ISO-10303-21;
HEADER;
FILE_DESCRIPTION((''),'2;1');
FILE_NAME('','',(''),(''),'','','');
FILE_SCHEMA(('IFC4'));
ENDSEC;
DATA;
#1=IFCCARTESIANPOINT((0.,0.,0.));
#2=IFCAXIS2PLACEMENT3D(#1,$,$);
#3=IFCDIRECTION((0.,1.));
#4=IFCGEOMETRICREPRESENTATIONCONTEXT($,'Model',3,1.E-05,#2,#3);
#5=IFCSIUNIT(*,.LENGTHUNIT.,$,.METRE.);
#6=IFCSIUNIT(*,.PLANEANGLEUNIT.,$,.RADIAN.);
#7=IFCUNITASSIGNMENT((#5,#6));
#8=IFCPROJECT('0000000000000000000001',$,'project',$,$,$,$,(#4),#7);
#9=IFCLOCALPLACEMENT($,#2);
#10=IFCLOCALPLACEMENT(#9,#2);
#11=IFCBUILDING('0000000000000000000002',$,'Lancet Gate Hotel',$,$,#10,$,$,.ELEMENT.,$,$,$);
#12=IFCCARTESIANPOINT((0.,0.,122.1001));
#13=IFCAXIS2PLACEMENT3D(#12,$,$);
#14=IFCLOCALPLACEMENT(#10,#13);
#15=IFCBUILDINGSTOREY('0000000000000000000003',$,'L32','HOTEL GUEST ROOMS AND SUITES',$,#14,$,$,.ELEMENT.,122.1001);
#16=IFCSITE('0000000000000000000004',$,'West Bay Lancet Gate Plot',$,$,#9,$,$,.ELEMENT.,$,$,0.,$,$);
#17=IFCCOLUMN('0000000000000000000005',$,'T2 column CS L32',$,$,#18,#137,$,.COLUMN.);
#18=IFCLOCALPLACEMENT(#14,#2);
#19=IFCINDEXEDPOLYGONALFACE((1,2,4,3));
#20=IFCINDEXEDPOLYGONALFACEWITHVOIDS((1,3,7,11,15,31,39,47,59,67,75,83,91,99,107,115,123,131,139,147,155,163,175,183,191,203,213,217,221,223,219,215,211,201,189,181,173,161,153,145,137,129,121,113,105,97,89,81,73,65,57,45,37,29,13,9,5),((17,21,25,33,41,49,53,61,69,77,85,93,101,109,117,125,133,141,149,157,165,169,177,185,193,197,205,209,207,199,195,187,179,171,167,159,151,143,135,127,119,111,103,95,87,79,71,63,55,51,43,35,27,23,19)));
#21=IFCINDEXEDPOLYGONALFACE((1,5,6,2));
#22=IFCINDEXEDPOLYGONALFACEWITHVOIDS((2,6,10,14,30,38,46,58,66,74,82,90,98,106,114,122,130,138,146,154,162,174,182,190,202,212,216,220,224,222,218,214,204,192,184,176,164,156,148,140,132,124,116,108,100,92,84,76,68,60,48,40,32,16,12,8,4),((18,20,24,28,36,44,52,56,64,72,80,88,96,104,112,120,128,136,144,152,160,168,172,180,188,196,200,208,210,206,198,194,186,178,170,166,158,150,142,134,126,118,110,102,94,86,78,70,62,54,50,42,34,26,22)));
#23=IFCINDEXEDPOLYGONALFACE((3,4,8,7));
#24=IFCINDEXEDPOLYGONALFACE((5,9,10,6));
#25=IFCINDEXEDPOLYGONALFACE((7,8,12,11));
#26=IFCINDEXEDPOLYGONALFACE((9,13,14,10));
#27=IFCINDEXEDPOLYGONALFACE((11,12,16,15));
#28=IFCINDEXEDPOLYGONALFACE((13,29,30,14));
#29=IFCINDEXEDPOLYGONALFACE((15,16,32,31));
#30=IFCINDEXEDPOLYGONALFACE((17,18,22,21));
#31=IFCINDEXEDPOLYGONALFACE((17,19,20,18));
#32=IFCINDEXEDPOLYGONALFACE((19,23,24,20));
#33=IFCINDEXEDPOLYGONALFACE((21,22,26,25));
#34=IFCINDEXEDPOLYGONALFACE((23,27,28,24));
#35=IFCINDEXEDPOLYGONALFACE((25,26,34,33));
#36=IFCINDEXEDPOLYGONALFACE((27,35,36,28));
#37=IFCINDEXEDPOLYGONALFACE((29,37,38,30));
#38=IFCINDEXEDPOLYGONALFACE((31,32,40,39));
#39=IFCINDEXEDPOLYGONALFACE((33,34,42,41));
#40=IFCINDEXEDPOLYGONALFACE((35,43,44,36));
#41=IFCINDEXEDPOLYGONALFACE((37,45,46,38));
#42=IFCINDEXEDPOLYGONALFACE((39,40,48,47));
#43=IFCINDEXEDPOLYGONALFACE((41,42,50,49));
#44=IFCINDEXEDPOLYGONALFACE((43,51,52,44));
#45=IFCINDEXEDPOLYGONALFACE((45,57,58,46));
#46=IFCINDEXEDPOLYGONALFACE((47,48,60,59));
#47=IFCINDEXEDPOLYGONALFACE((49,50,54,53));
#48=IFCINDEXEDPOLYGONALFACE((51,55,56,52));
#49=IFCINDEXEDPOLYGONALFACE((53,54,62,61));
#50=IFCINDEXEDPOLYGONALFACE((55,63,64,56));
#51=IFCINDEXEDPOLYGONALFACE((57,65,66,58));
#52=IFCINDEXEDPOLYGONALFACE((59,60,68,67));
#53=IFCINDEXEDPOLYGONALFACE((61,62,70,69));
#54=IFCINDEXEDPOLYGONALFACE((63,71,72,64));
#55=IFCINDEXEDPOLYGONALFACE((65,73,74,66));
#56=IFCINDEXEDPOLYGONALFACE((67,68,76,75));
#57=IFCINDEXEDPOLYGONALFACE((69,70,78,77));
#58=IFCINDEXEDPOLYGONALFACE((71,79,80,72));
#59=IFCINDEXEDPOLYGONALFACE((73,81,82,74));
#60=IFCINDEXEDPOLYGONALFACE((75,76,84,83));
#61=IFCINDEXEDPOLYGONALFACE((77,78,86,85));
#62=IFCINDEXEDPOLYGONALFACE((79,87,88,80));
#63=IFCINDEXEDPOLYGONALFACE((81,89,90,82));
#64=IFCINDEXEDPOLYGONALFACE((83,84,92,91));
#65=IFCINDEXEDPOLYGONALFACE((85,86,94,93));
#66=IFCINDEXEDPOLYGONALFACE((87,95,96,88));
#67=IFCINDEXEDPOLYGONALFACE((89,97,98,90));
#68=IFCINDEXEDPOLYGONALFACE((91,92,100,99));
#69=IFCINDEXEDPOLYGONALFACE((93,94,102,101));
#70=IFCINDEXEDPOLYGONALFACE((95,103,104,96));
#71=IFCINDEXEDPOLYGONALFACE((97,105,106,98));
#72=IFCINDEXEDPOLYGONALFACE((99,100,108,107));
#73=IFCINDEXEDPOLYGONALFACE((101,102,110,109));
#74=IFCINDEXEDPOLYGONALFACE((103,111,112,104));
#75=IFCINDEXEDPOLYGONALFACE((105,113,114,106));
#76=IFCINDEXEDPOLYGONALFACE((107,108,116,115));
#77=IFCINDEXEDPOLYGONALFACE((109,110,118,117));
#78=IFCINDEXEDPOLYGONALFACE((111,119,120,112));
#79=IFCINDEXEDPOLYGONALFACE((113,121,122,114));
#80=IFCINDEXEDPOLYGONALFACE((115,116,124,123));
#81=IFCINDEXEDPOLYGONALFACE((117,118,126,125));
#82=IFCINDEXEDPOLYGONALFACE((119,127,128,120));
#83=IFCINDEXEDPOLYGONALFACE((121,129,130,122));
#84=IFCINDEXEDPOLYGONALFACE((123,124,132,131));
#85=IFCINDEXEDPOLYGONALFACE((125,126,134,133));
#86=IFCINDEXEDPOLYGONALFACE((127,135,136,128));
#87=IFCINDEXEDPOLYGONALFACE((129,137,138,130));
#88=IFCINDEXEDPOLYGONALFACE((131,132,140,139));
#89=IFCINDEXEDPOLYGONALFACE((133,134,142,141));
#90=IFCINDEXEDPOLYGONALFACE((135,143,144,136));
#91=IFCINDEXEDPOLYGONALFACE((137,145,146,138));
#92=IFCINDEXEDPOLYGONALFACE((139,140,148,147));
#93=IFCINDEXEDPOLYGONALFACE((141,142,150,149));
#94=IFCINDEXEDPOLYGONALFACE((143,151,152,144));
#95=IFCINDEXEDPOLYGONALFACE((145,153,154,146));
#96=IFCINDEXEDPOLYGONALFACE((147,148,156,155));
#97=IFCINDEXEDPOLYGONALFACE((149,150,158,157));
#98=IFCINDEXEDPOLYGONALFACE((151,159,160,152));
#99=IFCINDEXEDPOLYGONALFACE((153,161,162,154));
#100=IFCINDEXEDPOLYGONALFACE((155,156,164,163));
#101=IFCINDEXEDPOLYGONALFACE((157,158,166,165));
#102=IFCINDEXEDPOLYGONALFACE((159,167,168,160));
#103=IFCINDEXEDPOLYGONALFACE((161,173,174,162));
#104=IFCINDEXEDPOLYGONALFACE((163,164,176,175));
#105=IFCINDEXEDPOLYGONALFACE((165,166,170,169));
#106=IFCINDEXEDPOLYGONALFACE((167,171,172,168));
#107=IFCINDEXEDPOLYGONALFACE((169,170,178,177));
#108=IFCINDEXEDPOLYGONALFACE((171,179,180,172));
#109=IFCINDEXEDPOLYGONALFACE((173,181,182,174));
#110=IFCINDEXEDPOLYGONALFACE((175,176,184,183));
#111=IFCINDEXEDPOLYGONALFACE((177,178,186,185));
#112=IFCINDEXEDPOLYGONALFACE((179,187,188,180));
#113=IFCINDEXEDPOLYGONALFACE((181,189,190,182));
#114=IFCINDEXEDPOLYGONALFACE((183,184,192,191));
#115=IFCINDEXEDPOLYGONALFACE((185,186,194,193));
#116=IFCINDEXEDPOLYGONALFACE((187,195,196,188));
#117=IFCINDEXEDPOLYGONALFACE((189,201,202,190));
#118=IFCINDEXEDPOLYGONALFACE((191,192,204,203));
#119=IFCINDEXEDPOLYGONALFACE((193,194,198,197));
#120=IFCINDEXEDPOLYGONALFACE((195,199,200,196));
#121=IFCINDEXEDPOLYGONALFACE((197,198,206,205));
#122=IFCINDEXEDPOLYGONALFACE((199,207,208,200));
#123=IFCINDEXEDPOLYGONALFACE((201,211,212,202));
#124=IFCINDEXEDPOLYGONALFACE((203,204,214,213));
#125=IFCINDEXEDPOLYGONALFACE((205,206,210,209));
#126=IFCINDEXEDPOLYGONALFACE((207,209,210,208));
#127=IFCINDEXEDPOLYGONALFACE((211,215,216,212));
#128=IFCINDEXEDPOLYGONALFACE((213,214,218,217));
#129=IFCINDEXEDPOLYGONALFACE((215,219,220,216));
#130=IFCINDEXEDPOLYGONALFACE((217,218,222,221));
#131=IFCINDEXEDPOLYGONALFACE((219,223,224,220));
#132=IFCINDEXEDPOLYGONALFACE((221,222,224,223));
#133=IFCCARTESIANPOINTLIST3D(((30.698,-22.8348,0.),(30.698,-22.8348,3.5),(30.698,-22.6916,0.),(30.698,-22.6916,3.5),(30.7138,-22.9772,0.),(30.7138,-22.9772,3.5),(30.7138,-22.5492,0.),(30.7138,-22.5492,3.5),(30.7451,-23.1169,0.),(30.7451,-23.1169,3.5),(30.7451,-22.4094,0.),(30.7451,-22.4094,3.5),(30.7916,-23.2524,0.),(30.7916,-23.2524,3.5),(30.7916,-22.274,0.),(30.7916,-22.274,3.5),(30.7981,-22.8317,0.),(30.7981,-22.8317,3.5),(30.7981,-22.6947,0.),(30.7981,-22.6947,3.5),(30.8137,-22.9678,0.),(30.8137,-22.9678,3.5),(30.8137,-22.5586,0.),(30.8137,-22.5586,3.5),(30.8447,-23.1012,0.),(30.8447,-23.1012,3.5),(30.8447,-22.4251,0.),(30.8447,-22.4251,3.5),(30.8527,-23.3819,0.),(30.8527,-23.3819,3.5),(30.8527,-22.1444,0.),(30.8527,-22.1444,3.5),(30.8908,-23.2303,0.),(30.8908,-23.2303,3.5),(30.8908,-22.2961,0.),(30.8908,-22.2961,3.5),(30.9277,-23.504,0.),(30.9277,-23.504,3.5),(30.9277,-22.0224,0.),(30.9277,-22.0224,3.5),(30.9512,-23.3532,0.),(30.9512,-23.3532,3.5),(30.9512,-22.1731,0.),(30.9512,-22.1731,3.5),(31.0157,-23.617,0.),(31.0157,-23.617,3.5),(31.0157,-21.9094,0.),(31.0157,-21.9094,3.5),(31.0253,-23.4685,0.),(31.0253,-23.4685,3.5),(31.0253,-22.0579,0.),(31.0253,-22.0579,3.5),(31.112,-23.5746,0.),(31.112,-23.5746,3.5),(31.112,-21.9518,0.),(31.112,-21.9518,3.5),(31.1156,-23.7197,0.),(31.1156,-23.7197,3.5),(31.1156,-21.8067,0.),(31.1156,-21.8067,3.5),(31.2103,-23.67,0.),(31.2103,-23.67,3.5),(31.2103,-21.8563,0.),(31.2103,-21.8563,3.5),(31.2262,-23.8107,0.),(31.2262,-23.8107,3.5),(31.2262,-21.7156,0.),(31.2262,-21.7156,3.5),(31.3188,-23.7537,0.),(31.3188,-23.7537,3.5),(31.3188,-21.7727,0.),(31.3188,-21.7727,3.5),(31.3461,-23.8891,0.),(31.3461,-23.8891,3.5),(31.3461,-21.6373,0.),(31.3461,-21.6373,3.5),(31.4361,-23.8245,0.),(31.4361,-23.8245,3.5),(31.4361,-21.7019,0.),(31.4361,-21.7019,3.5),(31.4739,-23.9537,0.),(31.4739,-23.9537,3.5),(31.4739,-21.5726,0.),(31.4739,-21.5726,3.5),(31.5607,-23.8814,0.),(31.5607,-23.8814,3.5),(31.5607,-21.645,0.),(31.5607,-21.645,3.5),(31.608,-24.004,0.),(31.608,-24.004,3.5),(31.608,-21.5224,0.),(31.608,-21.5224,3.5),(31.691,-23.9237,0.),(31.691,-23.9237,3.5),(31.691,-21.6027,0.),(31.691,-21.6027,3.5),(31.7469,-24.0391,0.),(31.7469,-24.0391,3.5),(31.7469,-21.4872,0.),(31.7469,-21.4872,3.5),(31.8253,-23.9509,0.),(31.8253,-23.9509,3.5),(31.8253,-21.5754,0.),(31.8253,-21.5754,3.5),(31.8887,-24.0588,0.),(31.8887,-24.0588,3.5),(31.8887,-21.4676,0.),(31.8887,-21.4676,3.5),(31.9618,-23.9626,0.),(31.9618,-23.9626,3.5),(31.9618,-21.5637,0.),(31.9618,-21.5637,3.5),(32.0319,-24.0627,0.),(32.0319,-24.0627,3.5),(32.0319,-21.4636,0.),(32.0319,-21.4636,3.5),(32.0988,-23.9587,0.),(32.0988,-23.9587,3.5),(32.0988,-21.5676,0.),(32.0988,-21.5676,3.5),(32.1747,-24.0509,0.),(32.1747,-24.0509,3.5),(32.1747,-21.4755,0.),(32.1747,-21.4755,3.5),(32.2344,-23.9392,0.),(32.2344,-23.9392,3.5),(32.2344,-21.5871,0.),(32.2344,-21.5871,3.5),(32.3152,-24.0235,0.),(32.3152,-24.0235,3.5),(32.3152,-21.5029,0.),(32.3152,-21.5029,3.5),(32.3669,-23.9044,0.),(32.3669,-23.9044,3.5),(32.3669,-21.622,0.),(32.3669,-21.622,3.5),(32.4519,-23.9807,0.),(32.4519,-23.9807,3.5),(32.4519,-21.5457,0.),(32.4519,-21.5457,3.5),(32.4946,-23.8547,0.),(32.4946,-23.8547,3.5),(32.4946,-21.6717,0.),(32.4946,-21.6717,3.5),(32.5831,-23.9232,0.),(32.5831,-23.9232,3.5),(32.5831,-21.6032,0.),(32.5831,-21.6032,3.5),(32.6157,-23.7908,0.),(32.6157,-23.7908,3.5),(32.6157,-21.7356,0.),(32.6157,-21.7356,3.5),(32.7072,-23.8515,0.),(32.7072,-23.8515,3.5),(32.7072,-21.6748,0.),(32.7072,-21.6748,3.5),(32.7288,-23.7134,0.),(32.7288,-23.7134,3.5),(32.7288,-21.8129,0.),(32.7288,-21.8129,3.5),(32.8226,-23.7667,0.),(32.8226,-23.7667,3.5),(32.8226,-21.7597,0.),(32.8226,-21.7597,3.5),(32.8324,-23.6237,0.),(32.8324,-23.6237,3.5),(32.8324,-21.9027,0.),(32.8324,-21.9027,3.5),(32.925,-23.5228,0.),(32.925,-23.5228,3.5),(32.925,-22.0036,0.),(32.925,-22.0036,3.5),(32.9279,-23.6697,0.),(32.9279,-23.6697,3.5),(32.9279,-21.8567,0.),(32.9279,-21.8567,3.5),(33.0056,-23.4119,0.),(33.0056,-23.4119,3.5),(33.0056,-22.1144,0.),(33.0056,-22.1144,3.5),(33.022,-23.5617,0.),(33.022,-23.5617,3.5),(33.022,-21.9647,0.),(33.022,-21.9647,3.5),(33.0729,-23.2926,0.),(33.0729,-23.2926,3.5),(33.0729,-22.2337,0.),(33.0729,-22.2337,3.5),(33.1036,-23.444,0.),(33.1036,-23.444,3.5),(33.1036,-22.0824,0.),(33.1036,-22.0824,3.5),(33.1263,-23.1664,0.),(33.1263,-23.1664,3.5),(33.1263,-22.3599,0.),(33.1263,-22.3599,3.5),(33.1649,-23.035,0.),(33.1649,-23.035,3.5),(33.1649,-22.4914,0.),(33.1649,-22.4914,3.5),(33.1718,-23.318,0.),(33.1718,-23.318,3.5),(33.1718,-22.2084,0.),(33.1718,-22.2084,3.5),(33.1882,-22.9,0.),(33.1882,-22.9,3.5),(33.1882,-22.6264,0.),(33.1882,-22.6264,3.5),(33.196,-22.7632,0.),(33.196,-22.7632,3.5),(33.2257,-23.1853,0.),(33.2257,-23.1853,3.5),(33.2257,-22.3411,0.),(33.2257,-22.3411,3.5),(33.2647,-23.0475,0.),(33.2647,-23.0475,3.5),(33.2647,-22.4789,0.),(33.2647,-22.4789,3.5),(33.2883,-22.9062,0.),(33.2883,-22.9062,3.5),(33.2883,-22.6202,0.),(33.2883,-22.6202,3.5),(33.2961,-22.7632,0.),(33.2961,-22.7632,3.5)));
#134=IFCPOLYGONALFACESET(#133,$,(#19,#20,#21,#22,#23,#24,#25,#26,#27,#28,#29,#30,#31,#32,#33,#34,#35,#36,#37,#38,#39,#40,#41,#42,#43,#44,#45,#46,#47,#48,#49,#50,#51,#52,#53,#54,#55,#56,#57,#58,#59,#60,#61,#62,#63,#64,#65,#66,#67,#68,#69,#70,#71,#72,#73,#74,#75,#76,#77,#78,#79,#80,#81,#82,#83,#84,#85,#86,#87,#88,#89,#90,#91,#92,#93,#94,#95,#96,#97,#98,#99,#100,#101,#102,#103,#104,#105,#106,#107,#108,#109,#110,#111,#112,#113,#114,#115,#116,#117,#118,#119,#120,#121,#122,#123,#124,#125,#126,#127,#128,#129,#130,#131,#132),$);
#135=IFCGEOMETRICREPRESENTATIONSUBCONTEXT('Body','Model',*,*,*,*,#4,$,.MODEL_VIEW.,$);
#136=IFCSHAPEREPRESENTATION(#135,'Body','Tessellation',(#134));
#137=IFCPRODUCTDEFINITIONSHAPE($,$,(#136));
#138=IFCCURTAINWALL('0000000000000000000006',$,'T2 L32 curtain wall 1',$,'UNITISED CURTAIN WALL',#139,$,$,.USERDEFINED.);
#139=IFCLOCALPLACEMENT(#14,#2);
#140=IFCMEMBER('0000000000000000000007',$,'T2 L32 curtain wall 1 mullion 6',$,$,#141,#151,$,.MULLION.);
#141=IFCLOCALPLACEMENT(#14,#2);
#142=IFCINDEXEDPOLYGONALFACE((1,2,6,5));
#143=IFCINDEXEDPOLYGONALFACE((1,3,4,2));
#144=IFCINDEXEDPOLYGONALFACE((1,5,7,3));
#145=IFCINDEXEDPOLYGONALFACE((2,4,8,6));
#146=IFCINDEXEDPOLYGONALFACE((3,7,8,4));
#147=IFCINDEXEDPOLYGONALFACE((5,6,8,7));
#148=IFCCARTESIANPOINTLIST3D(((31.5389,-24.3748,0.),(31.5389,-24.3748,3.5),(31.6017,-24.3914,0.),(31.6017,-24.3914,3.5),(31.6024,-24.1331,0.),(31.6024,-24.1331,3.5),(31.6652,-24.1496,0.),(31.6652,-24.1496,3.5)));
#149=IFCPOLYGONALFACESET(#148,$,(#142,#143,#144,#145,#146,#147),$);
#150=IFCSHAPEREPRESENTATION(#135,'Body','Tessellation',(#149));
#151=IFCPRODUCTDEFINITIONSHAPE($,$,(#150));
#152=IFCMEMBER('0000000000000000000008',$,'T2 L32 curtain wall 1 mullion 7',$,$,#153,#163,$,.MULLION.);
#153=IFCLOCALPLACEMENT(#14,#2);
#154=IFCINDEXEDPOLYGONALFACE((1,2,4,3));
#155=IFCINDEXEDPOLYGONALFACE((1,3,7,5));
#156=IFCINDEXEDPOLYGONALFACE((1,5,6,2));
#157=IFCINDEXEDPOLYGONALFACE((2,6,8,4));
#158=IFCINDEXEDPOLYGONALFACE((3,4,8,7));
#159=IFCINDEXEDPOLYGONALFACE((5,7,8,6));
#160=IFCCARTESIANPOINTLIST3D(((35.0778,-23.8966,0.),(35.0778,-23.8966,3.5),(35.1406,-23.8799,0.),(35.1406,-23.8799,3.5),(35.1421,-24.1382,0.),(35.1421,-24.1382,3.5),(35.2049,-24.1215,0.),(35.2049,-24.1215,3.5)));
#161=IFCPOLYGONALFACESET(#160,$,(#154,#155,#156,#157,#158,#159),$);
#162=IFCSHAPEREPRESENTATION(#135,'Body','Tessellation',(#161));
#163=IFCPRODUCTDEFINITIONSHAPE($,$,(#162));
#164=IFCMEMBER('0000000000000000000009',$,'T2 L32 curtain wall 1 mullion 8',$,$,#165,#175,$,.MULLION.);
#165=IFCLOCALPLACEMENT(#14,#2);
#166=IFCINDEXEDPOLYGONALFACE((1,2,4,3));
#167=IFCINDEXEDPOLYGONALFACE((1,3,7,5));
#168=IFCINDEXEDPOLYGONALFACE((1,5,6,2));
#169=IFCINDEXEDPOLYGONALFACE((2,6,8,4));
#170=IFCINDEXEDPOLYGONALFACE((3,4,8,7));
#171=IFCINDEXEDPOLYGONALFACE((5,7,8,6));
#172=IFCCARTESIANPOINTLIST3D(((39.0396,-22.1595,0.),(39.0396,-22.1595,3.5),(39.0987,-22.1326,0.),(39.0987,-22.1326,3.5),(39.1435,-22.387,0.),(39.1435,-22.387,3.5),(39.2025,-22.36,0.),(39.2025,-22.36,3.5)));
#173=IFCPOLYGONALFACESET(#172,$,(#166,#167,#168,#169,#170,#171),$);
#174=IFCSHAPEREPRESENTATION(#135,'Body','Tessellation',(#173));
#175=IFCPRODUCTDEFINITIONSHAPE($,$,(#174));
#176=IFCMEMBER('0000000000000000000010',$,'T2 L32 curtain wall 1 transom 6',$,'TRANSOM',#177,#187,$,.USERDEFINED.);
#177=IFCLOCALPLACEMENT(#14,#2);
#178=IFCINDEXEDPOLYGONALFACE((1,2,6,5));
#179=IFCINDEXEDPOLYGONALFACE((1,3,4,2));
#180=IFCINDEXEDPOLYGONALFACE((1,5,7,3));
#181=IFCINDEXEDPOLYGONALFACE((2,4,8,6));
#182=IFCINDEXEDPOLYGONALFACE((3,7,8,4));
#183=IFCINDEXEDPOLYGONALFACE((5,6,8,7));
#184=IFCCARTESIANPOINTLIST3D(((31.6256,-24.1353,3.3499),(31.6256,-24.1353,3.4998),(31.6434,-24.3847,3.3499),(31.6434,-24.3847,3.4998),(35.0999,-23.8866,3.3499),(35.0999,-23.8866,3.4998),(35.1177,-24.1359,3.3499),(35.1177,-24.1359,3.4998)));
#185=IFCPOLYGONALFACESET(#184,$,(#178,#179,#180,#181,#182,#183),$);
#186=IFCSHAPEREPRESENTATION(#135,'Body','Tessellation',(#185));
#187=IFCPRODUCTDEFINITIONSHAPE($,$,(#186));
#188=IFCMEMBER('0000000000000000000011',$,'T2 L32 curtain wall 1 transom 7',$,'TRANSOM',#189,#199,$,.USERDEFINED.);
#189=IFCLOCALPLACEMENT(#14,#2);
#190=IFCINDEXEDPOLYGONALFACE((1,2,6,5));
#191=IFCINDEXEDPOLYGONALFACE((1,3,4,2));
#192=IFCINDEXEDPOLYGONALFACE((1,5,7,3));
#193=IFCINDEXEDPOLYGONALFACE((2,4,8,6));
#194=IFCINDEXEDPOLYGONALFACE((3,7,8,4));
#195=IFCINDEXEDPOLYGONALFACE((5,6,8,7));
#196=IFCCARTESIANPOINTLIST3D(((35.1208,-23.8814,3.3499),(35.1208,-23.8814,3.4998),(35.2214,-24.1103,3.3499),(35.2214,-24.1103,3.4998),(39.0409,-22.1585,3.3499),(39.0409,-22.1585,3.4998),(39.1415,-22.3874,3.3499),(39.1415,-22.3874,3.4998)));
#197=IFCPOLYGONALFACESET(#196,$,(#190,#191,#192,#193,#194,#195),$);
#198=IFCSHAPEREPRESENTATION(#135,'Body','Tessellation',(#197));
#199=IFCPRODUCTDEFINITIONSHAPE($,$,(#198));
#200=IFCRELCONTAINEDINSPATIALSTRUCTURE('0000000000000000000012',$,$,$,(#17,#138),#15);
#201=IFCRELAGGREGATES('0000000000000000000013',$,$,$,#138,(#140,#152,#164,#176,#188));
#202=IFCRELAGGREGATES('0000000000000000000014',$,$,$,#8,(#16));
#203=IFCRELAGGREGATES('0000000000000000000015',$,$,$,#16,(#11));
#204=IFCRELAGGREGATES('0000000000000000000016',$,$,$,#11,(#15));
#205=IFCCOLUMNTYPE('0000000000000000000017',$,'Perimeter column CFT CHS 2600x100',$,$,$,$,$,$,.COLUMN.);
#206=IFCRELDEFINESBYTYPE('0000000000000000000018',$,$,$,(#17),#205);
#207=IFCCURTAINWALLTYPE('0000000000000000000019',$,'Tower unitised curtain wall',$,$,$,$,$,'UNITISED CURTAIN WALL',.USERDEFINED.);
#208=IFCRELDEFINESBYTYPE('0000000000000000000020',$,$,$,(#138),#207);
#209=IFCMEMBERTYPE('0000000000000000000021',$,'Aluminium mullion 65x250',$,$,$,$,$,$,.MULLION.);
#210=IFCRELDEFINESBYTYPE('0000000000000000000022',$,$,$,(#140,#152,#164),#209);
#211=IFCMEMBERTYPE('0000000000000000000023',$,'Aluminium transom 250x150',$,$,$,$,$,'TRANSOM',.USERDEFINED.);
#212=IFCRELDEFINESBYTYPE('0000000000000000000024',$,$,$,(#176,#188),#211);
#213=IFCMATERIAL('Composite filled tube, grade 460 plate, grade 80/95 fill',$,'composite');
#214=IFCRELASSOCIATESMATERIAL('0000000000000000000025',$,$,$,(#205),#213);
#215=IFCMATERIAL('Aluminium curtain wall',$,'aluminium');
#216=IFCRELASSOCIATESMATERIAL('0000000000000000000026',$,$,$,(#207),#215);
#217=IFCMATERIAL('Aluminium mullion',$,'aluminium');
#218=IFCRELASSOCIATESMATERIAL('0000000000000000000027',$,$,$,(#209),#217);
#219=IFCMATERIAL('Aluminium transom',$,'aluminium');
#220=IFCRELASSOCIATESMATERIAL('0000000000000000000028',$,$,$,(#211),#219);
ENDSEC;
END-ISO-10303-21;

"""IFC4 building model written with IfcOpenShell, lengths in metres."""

from ifc_helpers import new_model, si_unit, direction, frame, origin, origin_2d, place, context, subcontext, project, spatial, rectangle, hollow_circle, extrude, material, material_profile, profile_set, type_object, element, aggregate, save


model = new_model("IFC4")

# Units and contexts
model_context = context("Model", 3, precision=1e-05, world=origin(), true_north=direction((0.0, 1.0)))
body_context = subcontext(model_context, "Body", "Model", "MODEL_VIEW")
ifc_project = project(units=[si_unit("LENGTHUNIT", "METRE"), si_unit("PLANEANGLEUNIT", "RADIAN")], contexts=[model_context])

# Site, building, storey
site_placement = place(None, origin())
site = spatial("IfcSite", under=ifc_project, at=site_placement, Name="West Bay Lancet Gate Plot", CompositionType="ELEMENT", RefElevation=0.0)
building_placement = place(site_placement, origin())
building = spatial("IfcBuilding", under=site, at=building_placement, Name="Lancet Gate Hotel", CompositionType="ELEMENT")
storey_placement = place(building_placement, frame((0.0, 0.0, 122.1001)))
storey = spatial("IfcBuildingStorey", under=building, at=storey_placement, Name="L32", Description="HOTEL GUEST ROOMS AND SUITES", CompositionType="ELEMENT", Elevation=122.1001)

# Column
ifc_material_1 = material(Name="Composite filled tube, grade 460 plate, grade 80/95 fill", Category="composite")
ifc_material_profile_1 = material_profile(ifc_material_1, hollow_circle(Radius=1.3, WallThickness=0.1001, at=origin_2d()), Name="CHS 2600x100")
ifc_profile_set_1 = profile_set([ifc_material_profile_1], Name="Composite filled tube, grade 460 plate, grade 80/95 fill")
column_type = type_object("IfcColumnType", Name="Perimeter column CFT CHS 2600x100", PredefinedType="COLUMN", material=ifc_profile_set_1)
column_placement = place(storey_placement, frame((31.9961, -22.7632, 0.0), z_axis=(0.0, 0.0, 1.0), x_axis=(1.0, 0.0, 0.0)))
element("IfcColumn", 1, at=column_placement, inside=storey, type_object=column_type, Name="T2 column CS L32", PredefinedType="COLUMN", context=body_context, shape_type="SweptSolid", body=[
    extrude(hollow_circle(Radius=1.3, WallThickness=0.1001, at=origin_2d()), origin(), (0.0, 0.0, 1.0), 3.5),
])

# Curtain wall, members
ifc_material_2 = material(Name="Aluminium curtain wall", Category="aluminium")
curtain_wall_type = type_object("IfcCurtainWallType", Name="Tower unitised curtain wall", ElementType="UNITISED CURTAIN WALL", PredefinedType="USERDEFINED", material=ifc_material_2)
curtain_wall_placement = place(storey_placement, origin())
curtain_wall = element("IfcCurtainWall", 2, at=curtain_wall_placement, inside=storey, type_object=curtain_wall_type, Name="T2 L32 curtain wall 1", ObjectType="UNITISED CURTAIN WALL", PredefinedType="USERDEFINED")
ifc_material_3 = material(Name="Aluminium mullion", Category="aluminium")
ifc_material_profile_2 = material_profile(ifc_material_3, rectangle(XDim=0.0649, YDim=0.25, at=origin_2d()), Name="MULLION 65x250")
ifc_profile_set_2 = profile_set([ifc_material_profile_2], Name="Aluminium mullion")
member_type_1 = type_object("IfcMemberType", Name="Aluminium mullion 65x250", PredefinedType="MULLION", material=ifc_profile_set_2)
member_1_placement = place(storey_placement, frame((31.6021, -24.2622, 0.0), z_axis=(0.0, 0.0, 1.0), x_axis=(0.967157, -0.254179, 0.0)))
member_1 = element("IfcMember", 3, at=member_1_placement, type_object=member_type_1, Name="T2 L32 curtain wall 1 mullion 6", PredefinedType="MULLION", context=body_context, shape_type="SweptSolid", body=[
    extrude(rectangle(XDim=0.0649, YDim=0.25, at=origin_2d()), origin(), (0.0, 0.0, 1.0), 3.5),
])
member_2_placement = place(storey_placement, frame((35.1414, -24.009, 0.0), z_axis=(0.0, 0.0, 1.0), x_axis=(0.966317, 0.257353, 0.0)))
member_2 = element("IfcMember", 4, at=member_2_placement, type_object=member_type_1, Name="T2 L32 curtain wall 1 mullion 7", PredefinedType="MULLION", context=body_context, shape_type="SweptSolid", body=[
    extrude(rectangle(XDim=0.0649, YDim=0.25, at=origin_2d()), origin(), (0.0, 0.0, 1.0), 3.5),
])
member_3_placement = place(storey_placement, frame((39.1211, -22.2598, 0.0), z_axis=(0.0, 0.0, 1.0), x_axis=(0.909673, 0.415326, 0.0)))
member_3 = element("IfcMember", 5, at=member_3_placement, type_object=member_type_1, Name="T2 L32 curtain wall 1 mullion 8", PredefinedType="MULLION", context=body_context, shape_type="SweptSolid", body=[
    extrude(rectangle(XDim=0.0649, YDim=0.25, at=origin_2d()), origin(), (0.0, 0.0, 1.0), 3.5),
])
ifc_material_4 = material(Name="Aluminium transom", Category="aluminium")
ifc_material_profile_3 = material_profile(ifc_material_4, rectangle(XDim=0.25, YDim=0.1499, at=origin_2d()), Name="TRANSOM 250x150")
ifc_profile_set_3 = profile_set([ifc_material_profile_3], Name="Aluminium transom")
member_type_2 = type_object("IfcMemberType", Name="Aluminium transom 250x150", ElementType="TRANSOM", PredefinedType="USERDEFINED", material=ifc_profile_set_3)
member_4_placement = place(storey_placement, frame((31.6345, -24.26, 3.4248), z_axis=(0.997446, 0.071421, 0.0), x_axis=(-0.071421, 0.997446, 0.0)))
member_4 = element("IfcMember", 6, at=member_4_placement, type_object=member_type_2, Name="T2 L32 curtain wall 1 transom 6", ObjectType="TRANSOM", PredefinedType="USERDEFINED", context=body_context, shape_type="SweptSolid", body=[
    extrude(rectangle(XDim=0.25, YDim=0.1499, at=origin_2d()), origin(), (0.0, 0.0, 1.0), 3.4832),
])
member_5_placement = place(storey_placement, frame((35.1711, -23.9958, 3.4248), z_axis=(0.915485, 0.402353, 0.0), x_axis=(-0.402353, 0.915485, 0.0)))
member_5 = element("IfcMember", 7, at=member_5_placement, type_object=member_type_2, Name="T2 L32 curtain wall 1 transom 7", ObjectType="TRANSOM", PredefinedType="USERDEFINED", context=body_context, shape_type="SweptSolid", body=[
    extrude(rectangle(XDim=0.25, YDim=0.1499, at=origin_2d()), origin(), (0.0, 0.0, 1.0), 4.282),
])

aggregate(curtain_wall, [member_1, member_2, member_3, member_4, member_5])

save(model, "model.ifc")
